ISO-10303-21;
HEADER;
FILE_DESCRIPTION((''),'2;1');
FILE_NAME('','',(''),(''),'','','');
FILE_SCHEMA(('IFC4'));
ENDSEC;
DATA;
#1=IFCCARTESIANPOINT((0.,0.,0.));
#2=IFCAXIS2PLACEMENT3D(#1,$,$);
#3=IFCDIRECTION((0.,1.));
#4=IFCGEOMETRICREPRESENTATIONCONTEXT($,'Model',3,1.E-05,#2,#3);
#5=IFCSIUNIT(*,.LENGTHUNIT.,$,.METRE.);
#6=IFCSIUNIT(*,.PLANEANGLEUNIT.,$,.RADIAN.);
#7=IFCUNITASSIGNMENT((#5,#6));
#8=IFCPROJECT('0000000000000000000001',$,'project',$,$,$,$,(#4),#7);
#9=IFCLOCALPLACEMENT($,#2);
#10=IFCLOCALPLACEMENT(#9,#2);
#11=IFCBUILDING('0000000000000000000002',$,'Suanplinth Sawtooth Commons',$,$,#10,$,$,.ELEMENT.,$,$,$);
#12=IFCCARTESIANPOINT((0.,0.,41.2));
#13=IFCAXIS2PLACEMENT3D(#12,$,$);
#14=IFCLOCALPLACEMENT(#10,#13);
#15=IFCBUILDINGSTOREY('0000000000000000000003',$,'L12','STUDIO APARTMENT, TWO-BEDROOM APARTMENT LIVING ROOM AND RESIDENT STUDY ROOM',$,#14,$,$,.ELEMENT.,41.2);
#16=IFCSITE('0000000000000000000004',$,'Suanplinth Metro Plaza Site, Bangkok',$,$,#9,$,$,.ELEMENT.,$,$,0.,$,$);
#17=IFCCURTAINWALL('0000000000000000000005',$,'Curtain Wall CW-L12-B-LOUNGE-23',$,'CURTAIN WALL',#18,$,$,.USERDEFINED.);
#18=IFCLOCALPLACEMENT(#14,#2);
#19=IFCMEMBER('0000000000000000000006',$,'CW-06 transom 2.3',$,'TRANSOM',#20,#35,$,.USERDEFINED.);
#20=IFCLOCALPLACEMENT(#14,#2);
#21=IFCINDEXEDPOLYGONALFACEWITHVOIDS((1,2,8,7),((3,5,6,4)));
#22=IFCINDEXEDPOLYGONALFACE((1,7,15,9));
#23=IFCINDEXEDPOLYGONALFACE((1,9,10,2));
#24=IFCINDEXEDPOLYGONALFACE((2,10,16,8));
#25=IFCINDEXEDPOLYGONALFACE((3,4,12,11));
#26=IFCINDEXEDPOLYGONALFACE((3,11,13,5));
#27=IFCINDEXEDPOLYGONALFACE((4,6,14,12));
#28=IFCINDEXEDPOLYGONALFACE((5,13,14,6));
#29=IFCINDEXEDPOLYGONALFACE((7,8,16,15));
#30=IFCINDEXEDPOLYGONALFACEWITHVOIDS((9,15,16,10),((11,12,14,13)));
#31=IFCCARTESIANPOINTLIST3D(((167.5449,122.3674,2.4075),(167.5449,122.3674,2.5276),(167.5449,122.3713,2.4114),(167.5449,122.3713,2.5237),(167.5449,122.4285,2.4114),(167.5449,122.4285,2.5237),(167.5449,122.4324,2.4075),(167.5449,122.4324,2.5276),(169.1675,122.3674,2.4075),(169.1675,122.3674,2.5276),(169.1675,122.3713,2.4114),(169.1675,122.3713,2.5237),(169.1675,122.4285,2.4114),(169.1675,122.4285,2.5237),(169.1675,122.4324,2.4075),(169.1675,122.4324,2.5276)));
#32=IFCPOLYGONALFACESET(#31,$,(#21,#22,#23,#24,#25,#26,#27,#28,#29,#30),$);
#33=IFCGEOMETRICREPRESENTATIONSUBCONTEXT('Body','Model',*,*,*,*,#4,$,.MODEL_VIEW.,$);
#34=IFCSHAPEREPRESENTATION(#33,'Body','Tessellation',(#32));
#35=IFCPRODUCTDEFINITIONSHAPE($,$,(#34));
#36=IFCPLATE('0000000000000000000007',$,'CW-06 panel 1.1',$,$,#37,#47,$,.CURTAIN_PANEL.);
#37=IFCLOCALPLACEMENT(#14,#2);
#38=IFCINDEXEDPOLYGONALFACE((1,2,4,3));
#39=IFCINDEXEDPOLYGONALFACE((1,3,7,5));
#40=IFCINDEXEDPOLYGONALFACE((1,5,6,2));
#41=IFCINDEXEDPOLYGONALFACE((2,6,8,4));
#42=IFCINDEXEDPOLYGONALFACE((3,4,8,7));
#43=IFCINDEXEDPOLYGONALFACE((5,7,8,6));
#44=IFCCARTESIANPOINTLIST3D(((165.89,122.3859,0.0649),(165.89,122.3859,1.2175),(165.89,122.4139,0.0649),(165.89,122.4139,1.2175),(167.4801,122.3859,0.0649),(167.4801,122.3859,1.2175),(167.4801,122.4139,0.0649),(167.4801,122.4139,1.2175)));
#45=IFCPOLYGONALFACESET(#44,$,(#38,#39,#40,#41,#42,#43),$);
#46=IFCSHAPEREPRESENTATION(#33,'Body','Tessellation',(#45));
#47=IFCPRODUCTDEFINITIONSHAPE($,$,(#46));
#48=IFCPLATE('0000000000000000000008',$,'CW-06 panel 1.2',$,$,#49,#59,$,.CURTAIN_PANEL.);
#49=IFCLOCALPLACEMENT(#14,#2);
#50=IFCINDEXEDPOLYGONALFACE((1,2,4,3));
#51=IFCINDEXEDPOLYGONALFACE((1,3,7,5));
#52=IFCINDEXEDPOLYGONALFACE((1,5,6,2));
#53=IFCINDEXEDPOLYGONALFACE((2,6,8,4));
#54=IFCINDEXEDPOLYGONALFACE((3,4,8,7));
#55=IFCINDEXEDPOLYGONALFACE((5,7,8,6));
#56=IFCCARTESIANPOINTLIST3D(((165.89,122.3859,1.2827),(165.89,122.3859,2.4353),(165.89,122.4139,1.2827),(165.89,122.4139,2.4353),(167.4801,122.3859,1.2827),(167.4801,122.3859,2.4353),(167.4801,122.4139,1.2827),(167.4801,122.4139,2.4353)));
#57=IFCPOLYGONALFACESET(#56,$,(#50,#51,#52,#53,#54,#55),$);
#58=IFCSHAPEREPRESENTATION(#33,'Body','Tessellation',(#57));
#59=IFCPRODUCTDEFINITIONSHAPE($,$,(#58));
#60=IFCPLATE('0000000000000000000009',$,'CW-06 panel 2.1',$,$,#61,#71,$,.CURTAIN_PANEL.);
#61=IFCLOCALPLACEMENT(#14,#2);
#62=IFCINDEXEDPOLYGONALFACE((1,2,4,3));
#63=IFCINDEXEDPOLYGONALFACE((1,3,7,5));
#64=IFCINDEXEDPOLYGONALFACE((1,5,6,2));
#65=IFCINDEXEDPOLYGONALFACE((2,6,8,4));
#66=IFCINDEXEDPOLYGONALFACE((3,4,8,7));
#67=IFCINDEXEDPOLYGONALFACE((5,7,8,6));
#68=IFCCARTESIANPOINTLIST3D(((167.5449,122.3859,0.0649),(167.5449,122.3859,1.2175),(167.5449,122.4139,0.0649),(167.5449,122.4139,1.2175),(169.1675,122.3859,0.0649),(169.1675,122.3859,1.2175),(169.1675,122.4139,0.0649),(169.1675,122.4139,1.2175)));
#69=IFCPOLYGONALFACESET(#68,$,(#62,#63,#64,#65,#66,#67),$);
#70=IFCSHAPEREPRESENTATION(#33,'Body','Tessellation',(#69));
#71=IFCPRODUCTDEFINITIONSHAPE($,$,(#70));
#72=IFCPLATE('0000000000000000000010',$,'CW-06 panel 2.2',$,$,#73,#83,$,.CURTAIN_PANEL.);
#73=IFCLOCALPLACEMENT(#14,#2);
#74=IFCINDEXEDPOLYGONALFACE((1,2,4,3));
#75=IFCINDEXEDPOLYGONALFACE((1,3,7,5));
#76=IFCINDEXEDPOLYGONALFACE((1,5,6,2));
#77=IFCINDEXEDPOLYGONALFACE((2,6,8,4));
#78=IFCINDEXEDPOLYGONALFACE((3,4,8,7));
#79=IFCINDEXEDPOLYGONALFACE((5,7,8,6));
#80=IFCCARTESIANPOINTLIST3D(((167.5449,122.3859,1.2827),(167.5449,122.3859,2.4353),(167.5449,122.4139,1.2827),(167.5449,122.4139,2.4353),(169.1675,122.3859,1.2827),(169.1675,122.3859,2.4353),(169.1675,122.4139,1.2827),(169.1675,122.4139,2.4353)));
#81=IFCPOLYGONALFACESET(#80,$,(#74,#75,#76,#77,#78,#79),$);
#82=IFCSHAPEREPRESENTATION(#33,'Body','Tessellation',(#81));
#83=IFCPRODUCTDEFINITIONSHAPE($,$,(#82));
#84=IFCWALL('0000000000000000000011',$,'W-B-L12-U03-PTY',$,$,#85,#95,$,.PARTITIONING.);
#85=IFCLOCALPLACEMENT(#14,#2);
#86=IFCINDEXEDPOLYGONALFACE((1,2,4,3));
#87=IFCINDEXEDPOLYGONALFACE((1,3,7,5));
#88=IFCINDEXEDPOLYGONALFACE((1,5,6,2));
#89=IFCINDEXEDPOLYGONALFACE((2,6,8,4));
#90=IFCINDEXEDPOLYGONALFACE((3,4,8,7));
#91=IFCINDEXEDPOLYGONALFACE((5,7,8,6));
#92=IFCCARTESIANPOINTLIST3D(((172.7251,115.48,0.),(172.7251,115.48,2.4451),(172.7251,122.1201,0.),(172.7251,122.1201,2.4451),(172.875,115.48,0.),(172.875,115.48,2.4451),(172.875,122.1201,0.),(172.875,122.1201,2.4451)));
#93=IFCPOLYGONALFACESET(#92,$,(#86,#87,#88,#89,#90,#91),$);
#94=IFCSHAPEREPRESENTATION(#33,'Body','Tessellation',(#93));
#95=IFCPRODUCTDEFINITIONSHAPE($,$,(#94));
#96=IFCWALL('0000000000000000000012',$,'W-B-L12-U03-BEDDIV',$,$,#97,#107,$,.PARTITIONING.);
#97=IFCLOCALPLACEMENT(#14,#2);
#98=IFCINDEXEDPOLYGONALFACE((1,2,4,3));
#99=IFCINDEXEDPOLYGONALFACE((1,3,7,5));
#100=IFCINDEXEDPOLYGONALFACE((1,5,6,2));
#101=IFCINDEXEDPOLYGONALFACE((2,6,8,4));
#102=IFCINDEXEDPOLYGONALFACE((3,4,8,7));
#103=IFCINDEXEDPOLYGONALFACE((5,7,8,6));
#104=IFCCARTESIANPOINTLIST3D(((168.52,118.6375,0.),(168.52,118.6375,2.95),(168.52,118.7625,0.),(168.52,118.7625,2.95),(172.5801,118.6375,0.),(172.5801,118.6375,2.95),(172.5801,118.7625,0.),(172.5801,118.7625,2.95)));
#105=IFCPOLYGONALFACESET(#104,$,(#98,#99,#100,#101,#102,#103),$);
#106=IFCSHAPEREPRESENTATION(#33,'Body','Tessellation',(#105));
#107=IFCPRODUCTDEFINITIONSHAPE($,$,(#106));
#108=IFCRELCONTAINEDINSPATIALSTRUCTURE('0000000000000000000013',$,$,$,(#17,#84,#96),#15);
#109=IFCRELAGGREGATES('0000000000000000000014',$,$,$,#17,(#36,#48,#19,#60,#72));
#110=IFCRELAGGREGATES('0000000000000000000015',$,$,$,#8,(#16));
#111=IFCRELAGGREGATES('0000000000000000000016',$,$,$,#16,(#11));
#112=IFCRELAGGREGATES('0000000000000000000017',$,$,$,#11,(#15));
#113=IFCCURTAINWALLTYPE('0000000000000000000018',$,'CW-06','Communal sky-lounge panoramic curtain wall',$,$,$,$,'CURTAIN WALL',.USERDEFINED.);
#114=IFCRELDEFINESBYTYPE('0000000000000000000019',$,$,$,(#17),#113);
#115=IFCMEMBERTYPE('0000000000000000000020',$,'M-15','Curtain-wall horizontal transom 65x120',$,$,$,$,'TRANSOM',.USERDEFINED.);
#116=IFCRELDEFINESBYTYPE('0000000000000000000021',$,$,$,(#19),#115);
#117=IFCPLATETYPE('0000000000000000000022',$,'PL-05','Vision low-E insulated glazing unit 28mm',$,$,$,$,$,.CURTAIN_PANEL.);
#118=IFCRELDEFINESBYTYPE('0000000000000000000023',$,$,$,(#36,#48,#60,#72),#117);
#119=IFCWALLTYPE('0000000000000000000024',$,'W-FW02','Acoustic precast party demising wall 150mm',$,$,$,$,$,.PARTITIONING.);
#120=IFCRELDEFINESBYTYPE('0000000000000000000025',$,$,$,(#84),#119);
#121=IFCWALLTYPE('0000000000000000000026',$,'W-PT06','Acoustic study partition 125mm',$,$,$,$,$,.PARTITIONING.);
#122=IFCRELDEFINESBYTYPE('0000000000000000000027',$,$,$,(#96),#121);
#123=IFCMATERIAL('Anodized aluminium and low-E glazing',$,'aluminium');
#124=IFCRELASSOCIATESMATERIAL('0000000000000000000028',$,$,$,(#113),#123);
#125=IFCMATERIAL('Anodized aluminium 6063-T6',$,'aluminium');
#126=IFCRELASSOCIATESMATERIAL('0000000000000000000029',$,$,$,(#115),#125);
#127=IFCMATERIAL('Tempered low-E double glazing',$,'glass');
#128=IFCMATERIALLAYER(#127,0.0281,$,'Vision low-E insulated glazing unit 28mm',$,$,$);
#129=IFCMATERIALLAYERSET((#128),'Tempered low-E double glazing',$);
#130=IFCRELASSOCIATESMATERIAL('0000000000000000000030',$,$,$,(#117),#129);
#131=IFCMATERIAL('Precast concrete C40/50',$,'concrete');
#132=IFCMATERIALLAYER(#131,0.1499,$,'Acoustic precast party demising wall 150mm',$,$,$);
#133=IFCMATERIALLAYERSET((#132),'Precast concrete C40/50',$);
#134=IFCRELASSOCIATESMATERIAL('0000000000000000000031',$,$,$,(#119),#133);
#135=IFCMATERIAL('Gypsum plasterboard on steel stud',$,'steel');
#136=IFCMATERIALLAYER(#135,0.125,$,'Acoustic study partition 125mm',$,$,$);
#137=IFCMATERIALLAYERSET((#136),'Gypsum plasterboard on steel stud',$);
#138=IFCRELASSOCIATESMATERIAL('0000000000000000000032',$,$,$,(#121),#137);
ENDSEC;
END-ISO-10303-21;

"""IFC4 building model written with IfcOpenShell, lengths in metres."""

from ifc_helpers import new_model, si_unit, direction, frame, frame_2d, origin, origin_2d, place, context, subcontext, project, spatial, rectangle, hollow_rectangle, extrude, material, layer, layer_set, material_profile, profile_set, type_object, element, aggregate, save


model = new_model("IFC4")

# Units and contexts
model_context = context("Model", 3, precision=1e-05, world=origin(), true_north=direction((0.0, 1.0)))
body_context = subcontext(model_context, "Body", "Model", "MODEL_VIEW")
ifc_project = project(units=[si_unit("LENGTHUNIT", "METRE"), si_unit("PLANEANGLEUNIT", "RADIAN")], contexts=[model_context])

# Site, building, storey
site_placement = place(None, origin())
site = spatial("IfcSite", under=ifc_project, at=site_placement, Name="Suanplinth Metro Plaza Site, Bangkok", CompositionType="ELEMENT", RefElevation=0.0)
building_placement = place(site_placement, origin())
building = spatial("IfcBuilding", under=site, at=building_placement, Name="Suanplinth Sawtooth Commons", CompositionType="ELEMENT")
storey_placement = place(building_placement, frame((0.0, 0.0, 41.2)))
storey = spatial("IfcBuildingStorey", under=building, at=storey_placement, Name="L12", Description="STUDIO APARTMENT, TWO-BEDROOM APARTMENT LIVING ROOM AND RESIDENT STUDY ROOM", CompositionType="ELEMENT", Elevation=41.2)

# Shared definitions
ifc_material_1 = material(Name="Precast concrete C40/50", Category="concrete")

# Curtain wall, member, plates
ifc_material_2 = material(Name="Anodized aluminium and low-E glazing", Category="aluminium")
curtain_wall_type = type_object("IfcCurtainWallType", Name="CW-06", Description="Communal sky-lounge panoramic curtain wall", ElementType="CURTAIN WALL", PredefinedType="USERDEFINED", material=ifc_material_2)
curtain_wall_placement = place(storey_placement, origin())
curtain_wall = element("IfcCurtainWall", 1, at=curtain_wall_placement, inside=storey, type_object=curtain_wall_type, Name="Curtain Wall CW-L12-B-LOUNGE-23", ObjectType="CURTAIN WALL", PredefinedType="USERDEFINED")
ifc_material_3 = material(Name="Anodized aluminium 6063-T6", Category="aluminium")
ifc_material_profile_1 = material_profile(ifc_material_3, hollow_rectangle(XDim=0.0649, YDim=0.1201, WallThickness=0.0039, at=origin_2d()), Name="ALU-TRN 65x120")
ifc_profile_set_1 = profile_set([ifc_material_profile_1], Name="Anodized aluminium 6063-T6")
member_type_1 = type_object("IfcMemberType", Name="M-15", Description="Curtain-wall horizontal transom 65x120", ElementType="TRANSOM", PredefinedType="USERDEFINED", material=ifc_profile_set_1)
member_1_placement = place(storey_placement, frame((167.5449, 122.3999, 2.4675), z_axis=(1.0, 0.0, 0.0), x_axis=(0.0, 1.0, 0.0)))
member_1 = element("IfcMember", 2, at=member_1_placement, type_object=member_type_1, Name="CW-06 transom 2.3", ObjectType="TRANSOM", PredefinedType="USERDEFINED", context=body_context, shape_type="SweptSolid", body=[
    extrude(hollow_rectangle(XDim=0.0649, YDim=0.1201, WallThickness=0.0039, at=origin_2d()), origin(), (0.0, 0.0, 1.0), 1.6226),
])
ifc_material_4 = material(Name="Tempered low-E double glazing", Category="glass")
ifc_layer_1 = layer(ifc_material_4, 0.0281, Name="Vision low-E insulated glazing unit 28mm")
ifc_layer_set_1 = layer_set([ifc_layer_1], Name="Tempered low-E double glazing")
plate_type = type_object("IfcPlateType", Name="PL-05", Description="Vision low-E insulated glazing unit 28mm", PredefinedType="CURTAIN_PANEL", material=ifc_layer_set_1)
plate_1_placement = place(storey_placement, frame((166.6851, 122.3999, 0.0649), z_axis=(0.0, 0.0, 1.0), x_axis=(1.0, 0.0, 0.0)))
plate_1 = element("IfcPlate", 3, at=plate_1_placement, type_object=plate_type, Name="CW-06 panel 1.1", PredefinedType="CURTAIN_PANEL", context=body_context, shape_type="SweptSolid", body=[
    extrude(rectangle(XDim=1.5901, YDim=0.0281, at=origin_2d()), origin(), (0.0, 0.0, 1.0), 1.1526),
])
plate_2_placement = place(storey_placement, frame((166.6851, 122.3999, 1.2827), z_axis=(0.0, 0.0, 1.0), x_axis=(1.0, 0.0, 0.0)))
plate_2 = element("IfcPlate", 4, at=plate_2_placement, type_object=plate_type, Name="CW-06 panel 1.2", PredefinedType="CURTAIN_PANEL", context=body_context, shape_type="SweptSolid", body=[
    extrude(rectangle(XDim=1.5901, YDim=0.0281, at=origin_2d()), origin(), (0.0, 0.0, 1.0), 1.1526),
])
plate_3_placement = place(storey_placement, frame((168.3562, 122.3999, 0.0649), z_axis=(0.0, 0.0, 1.0), x_axis=(1.0, 0.0, 0.0)))
plate_3 = element("IfcPlate", 5, at=plate_3_placement, type_object=plate_type, Name="CW-06 panel 2.1", PredefinedType="CURTAIN_PANEL", context=body_context, shape_type="SweptSolid", body=[
    extrude(rectangle(XDim=1.6226, YDim=0.0281, at=origin_2d()), origin(), (0.0, 0.0, 1.0), 1.1526),
])
plate_4_placement = place(storey_placement, frame((168.3562, 122.3999, 1.2827), z_axis=(0.0, 0.0, 1.0), x_axis=(1.0, 0.0, 0.0)))
plate_4 = element("IfcPlate", 6, at=plate_4_placement, type_object=plate_type, Name="CW-06 panel 2.2", PredefinedType="CURTAIN_PANEL", context=body_context, shape_type="SweptSolid", body=[
    extrude(rectangle(XDim=1.6226, YDim=0.0281, at=origin_2d()), origin(), (0.0, 0.0, 1.0), 1.1526),
])
aggregate(curtain_wall, [plate_1, plate_2, member_1, plate_3, plate_4])

# Wall
ifc_layer_2 = layer(ifc_material_1, 0.1499, Name="Acoustic precast party demising wall 150mm")
ifc_layer_set_2 = layer_set([ifc_layer_2], Name="Precast concrete C40/50")
wall_type_1 = type_object("IfcWallType", Name="W-FW02", Description="Acoustic precast party demising wall 150mm", PredefinedType="PARTITIONING", material=ifc_layer_set_2)
wall_1_placement = place(storey_placement, frame((172.8, 115.48, 0.0), z_axis=(0.0, 0.0, 1.0), x_axis=(0.0, 1.0, 0.0)))
element("IfcWall", 7, at=wall_1_placement, inside=storey, type_object=wall_type_1, Name="W-B-L12-U03-PTY", PredefinedType="PARTITIONING", context=body_context, shape_type="SweptSolid", body=[
    extrude(rectangle(XDim=6.6401, YDim=0.1499, at=frame_2d((3.3201, 0.0))), origin(), (0.0, 0.0, 1.0), 2.4451),
])

# Shared definitions
ifc_material_5 = material(Name="Gypsum plasterboard on steel stud", Category="steel")

# Wall
ifc_layer_3 = layer(ifc_material_5, 0.125, Name="Acoustic study partition 125mm")
ifc_layer_set_3 = layer_set([ifc_layer_3], Name="Gypsum plasterboard on steel stud")
wall_type_2 = type_object("IfcWallType", Name="W-PT06", Description="Acoustic study partition 125mm", PredefinedType="PARTITIONING", material=ifc_layer_set_3)
wall_2_placement = place(storey_placement, frame((168.52, 118.7, 0.0), z_axis=(0.0, 0.0, 1.0), x_axis=(1.0, 0.0, 0.0)))
element("IfcWall", 8, at=wall_2_placement, inside=storey, type_object=wall_type_2, Name="W-B-L12-U03-BEDDIV", PredefinedType="PARTITIONING", context=body_context, shape_type="SweptSolid", body=[
    extrude(rectangle(XDim=4.0601, YDim=0.125, at=frame_2d((2.03, 0.0))), origin(), (0.0, 0.0, 1.0), 2.95),
])

save(model, "model.ifc")
